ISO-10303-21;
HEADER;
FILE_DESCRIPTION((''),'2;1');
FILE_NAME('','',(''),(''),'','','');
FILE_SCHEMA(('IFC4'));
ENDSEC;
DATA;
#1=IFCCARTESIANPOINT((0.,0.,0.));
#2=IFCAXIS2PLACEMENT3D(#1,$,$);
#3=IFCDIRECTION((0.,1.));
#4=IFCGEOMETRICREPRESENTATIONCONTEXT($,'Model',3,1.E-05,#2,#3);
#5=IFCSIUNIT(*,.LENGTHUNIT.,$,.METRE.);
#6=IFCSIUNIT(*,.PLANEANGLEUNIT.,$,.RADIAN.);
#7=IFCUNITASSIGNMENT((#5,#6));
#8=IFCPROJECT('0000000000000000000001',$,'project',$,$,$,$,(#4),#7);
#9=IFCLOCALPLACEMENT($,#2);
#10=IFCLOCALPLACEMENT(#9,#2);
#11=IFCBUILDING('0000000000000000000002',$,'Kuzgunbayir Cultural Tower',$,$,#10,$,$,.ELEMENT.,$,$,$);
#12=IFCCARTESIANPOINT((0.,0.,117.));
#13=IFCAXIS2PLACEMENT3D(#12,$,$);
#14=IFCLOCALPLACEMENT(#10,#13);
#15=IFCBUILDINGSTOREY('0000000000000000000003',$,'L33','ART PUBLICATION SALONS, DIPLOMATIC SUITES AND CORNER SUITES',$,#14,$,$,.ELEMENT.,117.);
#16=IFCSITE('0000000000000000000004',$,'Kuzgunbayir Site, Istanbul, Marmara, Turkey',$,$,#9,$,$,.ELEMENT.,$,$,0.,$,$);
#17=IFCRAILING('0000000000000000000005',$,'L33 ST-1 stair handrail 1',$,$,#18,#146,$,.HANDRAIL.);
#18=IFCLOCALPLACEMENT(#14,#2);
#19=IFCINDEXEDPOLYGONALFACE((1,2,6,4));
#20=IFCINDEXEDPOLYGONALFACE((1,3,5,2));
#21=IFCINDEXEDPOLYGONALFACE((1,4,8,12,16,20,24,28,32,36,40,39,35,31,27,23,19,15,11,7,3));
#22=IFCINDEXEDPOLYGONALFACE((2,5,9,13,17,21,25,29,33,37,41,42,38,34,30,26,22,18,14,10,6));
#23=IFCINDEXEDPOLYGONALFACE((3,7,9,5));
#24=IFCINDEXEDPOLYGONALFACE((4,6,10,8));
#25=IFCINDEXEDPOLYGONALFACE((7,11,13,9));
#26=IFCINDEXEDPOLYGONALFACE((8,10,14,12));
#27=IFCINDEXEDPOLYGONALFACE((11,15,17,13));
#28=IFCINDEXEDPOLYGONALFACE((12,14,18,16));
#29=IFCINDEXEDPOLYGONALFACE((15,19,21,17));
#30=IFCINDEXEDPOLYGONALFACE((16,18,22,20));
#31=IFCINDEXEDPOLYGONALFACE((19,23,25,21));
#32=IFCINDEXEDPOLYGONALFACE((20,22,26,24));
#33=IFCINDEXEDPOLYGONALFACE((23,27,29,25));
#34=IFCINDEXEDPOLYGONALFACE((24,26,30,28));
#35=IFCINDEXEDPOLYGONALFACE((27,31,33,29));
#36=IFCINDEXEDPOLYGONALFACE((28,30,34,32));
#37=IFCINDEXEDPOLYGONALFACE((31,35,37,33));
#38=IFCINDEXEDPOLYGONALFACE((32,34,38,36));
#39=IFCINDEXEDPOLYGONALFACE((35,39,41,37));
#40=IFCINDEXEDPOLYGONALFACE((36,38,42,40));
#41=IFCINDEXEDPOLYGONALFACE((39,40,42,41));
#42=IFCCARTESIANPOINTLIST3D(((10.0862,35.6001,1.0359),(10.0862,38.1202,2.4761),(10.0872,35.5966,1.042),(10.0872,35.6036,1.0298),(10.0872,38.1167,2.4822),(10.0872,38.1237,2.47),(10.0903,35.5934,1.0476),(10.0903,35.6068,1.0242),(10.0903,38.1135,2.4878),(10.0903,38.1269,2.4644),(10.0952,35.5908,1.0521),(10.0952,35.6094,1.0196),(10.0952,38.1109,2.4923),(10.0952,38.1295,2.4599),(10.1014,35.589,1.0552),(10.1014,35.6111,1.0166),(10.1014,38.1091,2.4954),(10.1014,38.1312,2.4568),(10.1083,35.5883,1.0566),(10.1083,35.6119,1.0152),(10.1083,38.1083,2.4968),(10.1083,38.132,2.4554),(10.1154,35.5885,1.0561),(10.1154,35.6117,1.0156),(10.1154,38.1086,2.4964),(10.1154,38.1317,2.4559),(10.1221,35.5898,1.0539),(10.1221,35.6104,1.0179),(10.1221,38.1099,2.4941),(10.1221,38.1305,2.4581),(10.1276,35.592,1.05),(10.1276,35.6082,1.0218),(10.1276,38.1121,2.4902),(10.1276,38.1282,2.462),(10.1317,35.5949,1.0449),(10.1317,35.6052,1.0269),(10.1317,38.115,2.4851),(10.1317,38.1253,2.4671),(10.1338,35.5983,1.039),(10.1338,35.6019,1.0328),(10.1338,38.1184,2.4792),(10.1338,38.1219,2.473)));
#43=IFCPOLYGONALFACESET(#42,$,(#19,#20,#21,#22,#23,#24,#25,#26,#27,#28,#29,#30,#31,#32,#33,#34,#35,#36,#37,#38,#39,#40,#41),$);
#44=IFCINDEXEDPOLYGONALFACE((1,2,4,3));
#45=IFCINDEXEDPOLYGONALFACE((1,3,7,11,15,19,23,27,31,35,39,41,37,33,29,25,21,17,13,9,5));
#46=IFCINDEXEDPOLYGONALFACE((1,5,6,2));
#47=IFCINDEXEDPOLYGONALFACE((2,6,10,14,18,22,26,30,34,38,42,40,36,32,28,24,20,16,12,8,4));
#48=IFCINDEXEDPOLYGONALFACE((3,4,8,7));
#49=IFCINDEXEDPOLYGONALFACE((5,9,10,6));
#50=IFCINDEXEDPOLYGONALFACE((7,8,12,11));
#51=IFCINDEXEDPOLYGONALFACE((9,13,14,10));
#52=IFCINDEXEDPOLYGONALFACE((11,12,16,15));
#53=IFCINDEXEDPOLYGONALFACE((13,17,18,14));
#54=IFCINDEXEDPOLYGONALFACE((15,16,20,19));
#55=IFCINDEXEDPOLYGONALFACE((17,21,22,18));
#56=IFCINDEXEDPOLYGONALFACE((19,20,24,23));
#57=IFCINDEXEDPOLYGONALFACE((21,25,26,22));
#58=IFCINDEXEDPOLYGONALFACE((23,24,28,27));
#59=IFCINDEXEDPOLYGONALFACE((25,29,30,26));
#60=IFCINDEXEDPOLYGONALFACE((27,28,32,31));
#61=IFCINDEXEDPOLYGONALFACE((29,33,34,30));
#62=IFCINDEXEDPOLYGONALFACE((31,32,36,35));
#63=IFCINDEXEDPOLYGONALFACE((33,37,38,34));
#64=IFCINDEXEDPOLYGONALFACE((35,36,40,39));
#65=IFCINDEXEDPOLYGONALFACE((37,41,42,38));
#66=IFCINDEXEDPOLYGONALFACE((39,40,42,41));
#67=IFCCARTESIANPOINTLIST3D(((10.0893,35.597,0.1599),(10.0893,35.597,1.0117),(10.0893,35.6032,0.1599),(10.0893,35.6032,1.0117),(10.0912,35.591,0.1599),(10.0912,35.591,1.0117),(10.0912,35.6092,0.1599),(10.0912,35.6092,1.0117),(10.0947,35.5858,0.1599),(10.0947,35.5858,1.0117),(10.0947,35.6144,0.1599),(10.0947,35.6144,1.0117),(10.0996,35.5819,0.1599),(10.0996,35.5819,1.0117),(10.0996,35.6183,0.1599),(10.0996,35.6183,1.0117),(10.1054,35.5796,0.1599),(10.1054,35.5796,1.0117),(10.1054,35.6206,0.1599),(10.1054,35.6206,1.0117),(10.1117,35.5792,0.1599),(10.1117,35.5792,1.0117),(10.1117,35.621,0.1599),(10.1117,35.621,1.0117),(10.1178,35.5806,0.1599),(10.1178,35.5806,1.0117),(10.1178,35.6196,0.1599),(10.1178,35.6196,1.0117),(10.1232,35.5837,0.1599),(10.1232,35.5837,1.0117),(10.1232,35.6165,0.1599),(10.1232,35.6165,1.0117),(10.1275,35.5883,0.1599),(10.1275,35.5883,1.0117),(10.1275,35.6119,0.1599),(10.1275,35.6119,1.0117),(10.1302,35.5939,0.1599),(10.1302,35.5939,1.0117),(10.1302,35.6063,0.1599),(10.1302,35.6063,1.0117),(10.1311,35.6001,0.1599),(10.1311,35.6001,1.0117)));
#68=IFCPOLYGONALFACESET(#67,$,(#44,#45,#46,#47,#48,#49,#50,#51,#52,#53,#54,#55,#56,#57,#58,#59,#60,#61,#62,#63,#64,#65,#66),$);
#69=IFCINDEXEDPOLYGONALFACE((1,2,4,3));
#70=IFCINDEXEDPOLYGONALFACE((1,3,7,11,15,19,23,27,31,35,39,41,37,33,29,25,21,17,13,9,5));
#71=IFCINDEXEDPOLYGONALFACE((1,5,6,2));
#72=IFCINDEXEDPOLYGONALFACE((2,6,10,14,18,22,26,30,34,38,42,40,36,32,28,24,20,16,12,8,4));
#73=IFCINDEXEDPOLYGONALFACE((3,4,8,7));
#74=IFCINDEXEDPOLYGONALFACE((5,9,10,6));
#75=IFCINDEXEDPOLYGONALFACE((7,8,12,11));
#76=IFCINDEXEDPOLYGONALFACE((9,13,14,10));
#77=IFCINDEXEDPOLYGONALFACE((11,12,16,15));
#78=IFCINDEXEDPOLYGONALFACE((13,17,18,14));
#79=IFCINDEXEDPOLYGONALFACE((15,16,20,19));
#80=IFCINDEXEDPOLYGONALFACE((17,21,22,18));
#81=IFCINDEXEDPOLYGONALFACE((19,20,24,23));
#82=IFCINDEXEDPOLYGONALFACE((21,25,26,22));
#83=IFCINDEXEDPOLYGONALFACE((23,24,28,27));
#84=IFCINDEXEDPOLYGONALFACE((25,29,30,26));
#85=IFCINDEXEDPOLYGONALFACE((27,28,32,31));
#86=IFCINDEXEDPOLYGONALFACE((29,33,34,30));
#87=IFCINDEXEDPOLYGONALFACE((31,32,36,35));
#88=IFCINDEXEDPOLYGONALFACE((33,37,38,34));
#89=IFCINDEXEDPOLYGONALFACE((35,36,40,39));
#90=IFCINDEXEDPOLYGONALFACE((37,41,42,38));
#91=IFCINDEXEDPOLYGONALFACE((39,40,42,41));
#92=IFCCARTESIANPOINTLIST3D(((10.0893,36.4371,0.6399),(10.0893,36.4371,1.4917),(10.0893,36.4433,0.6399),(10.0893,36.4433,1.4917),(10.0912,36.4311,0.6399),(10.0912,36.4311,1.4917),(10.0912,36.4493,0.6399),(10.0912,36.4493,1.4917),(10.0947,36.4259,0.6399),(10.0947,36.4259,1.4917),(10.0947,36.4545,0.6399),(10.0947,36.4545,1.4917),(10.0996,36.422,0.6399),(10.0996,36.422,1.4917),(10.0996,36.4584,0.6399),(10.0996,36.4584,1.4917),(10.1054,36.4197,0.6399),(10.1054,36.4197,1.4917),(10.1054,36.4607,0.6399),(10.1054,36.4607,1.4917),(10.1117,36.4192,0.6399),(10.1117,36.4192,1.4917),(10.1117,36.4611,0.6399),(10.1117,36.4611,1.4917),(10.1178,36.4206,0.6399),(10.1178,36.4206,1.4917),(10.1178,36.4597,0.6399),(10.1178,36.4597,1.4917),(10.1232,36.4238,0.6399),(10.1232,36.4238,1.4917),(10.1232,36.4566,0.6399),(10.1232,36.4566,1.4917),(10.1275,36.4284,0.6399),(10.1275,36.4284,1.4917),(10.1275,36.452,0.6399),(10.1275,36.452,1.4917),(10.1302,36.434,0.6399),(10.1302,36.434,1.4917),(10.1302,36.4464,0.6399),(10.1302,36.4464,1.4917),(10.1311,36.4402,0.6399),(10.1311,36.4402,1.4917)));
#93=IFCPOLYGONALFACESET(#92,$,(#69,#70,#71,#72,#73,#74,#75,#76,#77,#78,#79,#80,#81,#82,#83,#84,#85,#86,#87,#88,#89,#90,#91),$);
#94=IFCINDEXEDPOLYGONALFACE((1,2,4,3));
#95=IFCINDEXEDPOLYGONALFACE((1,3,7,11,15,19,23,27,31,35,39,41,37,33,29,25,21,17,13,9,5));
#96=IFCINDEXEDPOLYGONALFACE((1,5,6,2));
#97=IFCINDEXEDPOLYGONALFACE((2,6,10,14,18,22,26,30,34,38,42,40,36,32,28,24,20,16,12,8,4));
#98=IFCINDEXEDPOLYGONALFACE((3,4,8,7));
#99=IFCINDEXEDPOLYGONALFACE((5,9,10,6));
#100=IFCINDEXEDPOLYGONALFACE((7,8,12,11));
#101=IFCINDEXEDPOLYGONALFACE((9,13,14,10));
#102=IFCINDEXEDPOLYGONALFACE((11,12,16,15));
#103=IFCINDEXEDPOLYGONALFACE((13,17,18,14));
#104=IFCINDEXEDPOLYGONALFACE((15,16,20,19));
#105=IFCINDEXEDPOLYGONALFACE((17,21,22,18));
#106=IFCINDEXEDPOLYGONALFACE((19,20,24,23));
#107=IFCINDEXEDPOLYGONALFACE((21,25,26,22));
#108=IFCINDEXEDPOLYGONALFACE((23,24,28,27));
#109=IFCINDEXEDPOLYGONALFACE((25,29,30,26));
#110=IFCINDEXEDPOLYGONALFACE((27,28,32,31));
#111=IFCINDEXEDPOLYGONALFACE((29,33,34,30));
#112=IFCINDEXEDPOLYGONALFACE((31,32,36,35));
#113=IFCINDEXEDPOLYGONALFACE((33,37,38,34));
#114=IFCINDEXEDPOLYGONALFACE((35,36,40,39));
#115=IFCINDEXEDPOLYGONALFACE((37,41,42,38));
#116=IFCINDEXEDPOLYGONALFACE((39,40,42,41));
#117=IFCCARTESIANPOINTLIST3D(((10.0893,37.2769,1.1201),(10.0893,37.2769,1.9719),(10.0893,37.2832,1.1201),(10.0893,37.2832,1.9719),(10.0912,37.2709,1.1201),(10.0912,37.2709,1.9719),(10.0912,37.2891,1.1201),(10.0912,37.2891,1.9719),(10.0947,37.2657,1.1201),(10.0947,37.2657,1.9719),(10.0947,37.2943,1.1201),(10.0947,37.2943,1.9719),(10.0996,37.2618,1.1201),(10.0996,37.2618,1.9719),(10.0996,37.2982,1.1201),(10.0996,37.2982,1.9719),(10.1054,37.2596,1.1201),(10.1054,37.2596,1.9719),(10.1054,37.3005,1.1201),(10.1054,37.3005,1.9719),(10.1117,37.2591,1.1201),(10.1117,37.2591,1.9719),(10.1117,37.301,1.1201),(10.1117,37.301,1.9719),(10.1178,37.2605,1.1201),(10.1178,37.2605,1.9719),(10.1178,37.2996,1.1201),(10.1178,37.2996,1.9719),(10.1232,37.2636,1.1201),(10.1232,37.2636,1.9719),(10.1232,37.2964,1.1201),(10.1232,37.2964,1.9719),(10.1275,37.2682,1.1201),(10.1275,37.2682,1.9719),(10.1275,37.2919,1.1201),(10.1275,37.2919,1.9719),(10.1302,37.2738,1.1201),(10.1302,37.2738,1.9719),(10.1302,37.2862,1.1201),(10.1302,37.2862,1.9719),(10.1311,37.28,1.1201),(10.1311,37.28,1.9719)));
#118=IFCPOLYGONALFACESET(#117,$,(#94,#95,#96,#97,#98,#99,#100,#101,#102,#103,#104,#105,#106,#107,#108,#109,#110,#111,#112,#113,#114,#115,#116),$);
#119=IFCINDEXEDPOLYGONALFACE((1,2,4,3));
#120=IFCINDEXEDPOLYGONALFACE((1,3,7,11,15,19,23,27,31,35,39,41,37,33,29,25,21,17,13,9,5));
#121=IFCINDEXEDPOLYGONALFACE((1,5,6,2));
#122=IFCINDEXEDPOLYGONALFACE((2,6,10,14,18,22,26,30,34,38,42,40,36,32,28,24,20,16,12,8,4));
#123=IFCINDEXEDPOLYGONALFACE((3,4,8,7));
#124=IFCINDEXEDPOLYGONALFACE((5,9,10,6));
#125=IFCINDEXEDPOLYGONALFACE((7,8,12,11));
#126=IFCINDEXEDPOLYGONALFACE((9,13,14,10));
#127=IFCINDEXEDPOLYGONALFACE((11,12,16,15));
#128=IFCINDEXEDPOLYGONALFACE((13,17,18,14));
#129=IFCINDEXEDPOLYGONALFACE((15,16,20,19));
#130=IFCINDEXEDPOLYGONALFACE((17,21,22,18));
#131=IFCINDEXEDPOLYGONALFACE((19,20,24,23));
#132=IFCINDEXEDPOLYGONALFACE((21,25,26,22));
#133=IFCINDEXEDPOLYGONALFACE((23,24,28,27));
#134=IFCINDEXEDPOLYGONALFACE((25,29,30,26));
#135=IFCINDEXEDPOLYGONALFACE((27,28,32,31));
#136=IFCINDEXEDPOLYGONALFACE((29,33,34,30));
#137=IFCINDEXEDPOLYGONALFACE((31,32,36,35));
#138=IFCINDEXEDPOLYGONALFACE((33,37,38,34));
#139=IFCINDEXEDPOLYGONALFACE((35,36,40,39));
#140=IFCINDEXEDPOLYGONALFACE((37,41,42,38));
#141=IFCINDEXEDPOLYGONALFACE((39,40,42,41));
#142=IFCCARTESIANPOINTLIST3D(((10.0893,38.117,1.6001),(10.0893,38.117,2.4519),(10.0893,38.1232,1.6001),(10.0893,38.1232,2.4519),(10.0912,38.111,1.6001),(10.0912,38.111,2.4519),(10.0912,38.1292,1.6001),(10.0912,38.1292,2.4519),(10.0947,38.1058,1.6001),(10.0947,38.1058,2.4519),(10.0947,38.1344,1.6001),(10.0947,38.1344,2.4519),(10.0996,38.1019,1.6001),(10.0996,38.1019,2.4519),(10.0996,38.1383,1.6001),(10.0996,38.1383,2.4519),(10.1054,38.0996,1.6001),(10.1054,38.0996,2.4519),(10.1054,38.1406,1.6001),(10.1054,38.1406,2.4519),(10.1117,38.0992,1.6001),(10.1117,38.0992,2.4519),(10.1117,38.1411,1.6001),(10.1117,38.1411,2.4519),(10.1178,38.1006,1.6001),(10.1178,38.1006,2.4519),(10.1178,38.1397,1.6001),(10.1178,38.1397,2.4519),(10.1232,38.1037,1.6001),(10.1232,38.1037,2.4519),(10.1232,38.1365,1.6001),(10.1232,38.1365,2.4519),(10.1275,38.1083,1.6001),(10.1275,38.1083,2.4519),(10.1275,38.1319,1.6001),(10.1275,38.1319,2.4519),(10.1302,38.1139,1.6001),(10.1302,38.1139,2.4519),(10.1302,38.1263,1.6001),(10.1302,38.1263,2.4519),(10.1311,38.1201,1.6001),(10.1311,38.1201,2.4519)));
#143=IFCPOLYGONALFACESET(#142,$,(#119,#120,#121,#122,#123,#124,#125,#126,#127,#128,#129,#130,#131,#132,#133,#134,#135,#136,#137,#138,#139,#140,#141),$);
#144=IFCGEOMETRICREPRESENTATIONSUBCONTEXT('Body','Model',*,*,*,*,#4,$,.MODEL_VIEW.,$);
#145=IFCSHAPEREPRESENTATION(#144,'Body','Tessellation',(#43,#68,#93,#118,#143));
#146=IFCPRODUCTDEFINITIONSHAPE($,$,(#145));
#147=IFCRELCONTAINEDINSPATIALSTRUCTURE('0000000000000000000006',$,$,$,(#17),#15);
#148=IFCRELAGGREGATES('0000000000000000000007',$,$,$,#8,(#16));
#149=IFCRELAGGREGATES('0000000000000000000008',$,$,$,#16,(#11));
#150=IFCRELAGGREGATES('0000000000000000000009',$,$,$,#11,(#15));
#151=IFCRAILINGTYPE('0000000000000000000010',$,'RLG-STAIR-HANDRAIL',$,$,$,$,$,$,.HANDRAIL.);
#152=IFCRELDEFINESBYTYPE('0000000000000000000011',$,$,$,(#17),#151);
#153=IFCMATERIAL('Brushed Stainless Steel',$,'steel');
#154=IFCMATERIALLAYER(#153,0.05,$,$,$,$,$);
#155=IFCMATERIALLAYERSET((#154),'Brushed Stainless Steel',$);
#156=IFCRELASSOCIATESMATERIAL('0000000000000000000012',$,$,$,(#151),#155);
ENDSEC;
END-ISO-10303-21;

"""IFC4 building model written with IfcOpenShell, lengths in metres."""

from ifc_helpers import new_model, si_unit, direction, frame, origin, origin_2d, place, context, subcontext, project, spatial, circle, extrude, material, layer, layer_set, type_object, element, save


model = new_model("IFC4")

# Units and contexts
model_context = context("Model", 3, precision=1e-05, world=origin(), true_north=direction((0.0, 1.0)))
body_context = subcontext(model_context, "Body", "Model", "MODEL_VIEW")
ifc_project = project(units=[si_unit("LENGTHUNIT", "METRE"), si_unit("PLANEANGLEUNIT", "RADIAN")], contexts=[model_context])

# Site, building, storey
site_placement = place(None, origin())
site = spatial("IfcSite", under=ifc_project, at=site_placement, Name="Kuzgunbayir Site, Istanbul, Marmara, Turkey", CompositionType="ELEMENT", RefElevation=0.0)
building_placement = place(site_placement, origin())
building = spatial("IfcBuilding", under=site, at=building_placement, Name="Kuzgunbayir Cultural Tower", CompositionType="ELEMENT")
storey_placement = place(building_placement, frame((0.0, 0.0, 117.0)))
storey = spatial("IfcBuildingStorey", under=building, at=storey_placement, Name="L33", Description="ART PUBLICATION SALONS, DIPLOMATIC SUITES AND CORNER SUITES", CompositionType="ELEMENT", Elevation=117.0)

# Shared definitions
ifc_material_1 = material(Name="Brushed Stainless Steel", Category="steel")

# Railing
ifc_layer_1 = layer(ifc_material_1, 0.05)
ifc_layer_set_1 = layer_set([ifc_layer_1], Name="Brushed Stainless Steel")
railing_type_1 = type_object("IfcRailingType", Name="RLG-STAIR-HANDRAIL", PredefinedType="HANDRAIL", material=ifc_layer_set_1)
railing_1_placement = place(storey_placement, frame((10.1101, 35.6001, 0.1599)))
element("IfcRailing", 1, at=railing_1_placement, inside=storey, type_object=railing_type_1, Name="L33 ST-1 stair handrail 1", PredefinedType="HANDRAIL", context=body_context, shape_type="SweptSolid", body=[
    extrude(circle(Radius=0.0239, at=origin_2d()), frame((0.0, 0.0, 0.876), z_axis=(0.0, 0.868217, 0.496184), x_axis=(-1.0, 0.0, 0.0)), (0.0, 0.0, 1.0), 2.9026),
    extrude(circle(Radius=0.021, at=origin_2d()), origin(), (0.0, 0.0, 1.0), 0.8518),
    extrude(circle(Radius=0.021, at=origin_2d()), frame((0.0, 0.8401, 0.48)), (0.0, 0.0, 1.0), 0.8518),
    extrude(circle(Radius=0.021, at=origin_2d()), frame((0.0, 1.6799, 0.9602)), (0.0, 0.0, 1.0), 0.8518),
    extrude(circle(Radius=0.021, at=origin_2d()), frame((0.0, 2.52, 1.4402)), (0.0, 0.0, 1.0), 0.8518),
])

save(model, "model.ifc")
